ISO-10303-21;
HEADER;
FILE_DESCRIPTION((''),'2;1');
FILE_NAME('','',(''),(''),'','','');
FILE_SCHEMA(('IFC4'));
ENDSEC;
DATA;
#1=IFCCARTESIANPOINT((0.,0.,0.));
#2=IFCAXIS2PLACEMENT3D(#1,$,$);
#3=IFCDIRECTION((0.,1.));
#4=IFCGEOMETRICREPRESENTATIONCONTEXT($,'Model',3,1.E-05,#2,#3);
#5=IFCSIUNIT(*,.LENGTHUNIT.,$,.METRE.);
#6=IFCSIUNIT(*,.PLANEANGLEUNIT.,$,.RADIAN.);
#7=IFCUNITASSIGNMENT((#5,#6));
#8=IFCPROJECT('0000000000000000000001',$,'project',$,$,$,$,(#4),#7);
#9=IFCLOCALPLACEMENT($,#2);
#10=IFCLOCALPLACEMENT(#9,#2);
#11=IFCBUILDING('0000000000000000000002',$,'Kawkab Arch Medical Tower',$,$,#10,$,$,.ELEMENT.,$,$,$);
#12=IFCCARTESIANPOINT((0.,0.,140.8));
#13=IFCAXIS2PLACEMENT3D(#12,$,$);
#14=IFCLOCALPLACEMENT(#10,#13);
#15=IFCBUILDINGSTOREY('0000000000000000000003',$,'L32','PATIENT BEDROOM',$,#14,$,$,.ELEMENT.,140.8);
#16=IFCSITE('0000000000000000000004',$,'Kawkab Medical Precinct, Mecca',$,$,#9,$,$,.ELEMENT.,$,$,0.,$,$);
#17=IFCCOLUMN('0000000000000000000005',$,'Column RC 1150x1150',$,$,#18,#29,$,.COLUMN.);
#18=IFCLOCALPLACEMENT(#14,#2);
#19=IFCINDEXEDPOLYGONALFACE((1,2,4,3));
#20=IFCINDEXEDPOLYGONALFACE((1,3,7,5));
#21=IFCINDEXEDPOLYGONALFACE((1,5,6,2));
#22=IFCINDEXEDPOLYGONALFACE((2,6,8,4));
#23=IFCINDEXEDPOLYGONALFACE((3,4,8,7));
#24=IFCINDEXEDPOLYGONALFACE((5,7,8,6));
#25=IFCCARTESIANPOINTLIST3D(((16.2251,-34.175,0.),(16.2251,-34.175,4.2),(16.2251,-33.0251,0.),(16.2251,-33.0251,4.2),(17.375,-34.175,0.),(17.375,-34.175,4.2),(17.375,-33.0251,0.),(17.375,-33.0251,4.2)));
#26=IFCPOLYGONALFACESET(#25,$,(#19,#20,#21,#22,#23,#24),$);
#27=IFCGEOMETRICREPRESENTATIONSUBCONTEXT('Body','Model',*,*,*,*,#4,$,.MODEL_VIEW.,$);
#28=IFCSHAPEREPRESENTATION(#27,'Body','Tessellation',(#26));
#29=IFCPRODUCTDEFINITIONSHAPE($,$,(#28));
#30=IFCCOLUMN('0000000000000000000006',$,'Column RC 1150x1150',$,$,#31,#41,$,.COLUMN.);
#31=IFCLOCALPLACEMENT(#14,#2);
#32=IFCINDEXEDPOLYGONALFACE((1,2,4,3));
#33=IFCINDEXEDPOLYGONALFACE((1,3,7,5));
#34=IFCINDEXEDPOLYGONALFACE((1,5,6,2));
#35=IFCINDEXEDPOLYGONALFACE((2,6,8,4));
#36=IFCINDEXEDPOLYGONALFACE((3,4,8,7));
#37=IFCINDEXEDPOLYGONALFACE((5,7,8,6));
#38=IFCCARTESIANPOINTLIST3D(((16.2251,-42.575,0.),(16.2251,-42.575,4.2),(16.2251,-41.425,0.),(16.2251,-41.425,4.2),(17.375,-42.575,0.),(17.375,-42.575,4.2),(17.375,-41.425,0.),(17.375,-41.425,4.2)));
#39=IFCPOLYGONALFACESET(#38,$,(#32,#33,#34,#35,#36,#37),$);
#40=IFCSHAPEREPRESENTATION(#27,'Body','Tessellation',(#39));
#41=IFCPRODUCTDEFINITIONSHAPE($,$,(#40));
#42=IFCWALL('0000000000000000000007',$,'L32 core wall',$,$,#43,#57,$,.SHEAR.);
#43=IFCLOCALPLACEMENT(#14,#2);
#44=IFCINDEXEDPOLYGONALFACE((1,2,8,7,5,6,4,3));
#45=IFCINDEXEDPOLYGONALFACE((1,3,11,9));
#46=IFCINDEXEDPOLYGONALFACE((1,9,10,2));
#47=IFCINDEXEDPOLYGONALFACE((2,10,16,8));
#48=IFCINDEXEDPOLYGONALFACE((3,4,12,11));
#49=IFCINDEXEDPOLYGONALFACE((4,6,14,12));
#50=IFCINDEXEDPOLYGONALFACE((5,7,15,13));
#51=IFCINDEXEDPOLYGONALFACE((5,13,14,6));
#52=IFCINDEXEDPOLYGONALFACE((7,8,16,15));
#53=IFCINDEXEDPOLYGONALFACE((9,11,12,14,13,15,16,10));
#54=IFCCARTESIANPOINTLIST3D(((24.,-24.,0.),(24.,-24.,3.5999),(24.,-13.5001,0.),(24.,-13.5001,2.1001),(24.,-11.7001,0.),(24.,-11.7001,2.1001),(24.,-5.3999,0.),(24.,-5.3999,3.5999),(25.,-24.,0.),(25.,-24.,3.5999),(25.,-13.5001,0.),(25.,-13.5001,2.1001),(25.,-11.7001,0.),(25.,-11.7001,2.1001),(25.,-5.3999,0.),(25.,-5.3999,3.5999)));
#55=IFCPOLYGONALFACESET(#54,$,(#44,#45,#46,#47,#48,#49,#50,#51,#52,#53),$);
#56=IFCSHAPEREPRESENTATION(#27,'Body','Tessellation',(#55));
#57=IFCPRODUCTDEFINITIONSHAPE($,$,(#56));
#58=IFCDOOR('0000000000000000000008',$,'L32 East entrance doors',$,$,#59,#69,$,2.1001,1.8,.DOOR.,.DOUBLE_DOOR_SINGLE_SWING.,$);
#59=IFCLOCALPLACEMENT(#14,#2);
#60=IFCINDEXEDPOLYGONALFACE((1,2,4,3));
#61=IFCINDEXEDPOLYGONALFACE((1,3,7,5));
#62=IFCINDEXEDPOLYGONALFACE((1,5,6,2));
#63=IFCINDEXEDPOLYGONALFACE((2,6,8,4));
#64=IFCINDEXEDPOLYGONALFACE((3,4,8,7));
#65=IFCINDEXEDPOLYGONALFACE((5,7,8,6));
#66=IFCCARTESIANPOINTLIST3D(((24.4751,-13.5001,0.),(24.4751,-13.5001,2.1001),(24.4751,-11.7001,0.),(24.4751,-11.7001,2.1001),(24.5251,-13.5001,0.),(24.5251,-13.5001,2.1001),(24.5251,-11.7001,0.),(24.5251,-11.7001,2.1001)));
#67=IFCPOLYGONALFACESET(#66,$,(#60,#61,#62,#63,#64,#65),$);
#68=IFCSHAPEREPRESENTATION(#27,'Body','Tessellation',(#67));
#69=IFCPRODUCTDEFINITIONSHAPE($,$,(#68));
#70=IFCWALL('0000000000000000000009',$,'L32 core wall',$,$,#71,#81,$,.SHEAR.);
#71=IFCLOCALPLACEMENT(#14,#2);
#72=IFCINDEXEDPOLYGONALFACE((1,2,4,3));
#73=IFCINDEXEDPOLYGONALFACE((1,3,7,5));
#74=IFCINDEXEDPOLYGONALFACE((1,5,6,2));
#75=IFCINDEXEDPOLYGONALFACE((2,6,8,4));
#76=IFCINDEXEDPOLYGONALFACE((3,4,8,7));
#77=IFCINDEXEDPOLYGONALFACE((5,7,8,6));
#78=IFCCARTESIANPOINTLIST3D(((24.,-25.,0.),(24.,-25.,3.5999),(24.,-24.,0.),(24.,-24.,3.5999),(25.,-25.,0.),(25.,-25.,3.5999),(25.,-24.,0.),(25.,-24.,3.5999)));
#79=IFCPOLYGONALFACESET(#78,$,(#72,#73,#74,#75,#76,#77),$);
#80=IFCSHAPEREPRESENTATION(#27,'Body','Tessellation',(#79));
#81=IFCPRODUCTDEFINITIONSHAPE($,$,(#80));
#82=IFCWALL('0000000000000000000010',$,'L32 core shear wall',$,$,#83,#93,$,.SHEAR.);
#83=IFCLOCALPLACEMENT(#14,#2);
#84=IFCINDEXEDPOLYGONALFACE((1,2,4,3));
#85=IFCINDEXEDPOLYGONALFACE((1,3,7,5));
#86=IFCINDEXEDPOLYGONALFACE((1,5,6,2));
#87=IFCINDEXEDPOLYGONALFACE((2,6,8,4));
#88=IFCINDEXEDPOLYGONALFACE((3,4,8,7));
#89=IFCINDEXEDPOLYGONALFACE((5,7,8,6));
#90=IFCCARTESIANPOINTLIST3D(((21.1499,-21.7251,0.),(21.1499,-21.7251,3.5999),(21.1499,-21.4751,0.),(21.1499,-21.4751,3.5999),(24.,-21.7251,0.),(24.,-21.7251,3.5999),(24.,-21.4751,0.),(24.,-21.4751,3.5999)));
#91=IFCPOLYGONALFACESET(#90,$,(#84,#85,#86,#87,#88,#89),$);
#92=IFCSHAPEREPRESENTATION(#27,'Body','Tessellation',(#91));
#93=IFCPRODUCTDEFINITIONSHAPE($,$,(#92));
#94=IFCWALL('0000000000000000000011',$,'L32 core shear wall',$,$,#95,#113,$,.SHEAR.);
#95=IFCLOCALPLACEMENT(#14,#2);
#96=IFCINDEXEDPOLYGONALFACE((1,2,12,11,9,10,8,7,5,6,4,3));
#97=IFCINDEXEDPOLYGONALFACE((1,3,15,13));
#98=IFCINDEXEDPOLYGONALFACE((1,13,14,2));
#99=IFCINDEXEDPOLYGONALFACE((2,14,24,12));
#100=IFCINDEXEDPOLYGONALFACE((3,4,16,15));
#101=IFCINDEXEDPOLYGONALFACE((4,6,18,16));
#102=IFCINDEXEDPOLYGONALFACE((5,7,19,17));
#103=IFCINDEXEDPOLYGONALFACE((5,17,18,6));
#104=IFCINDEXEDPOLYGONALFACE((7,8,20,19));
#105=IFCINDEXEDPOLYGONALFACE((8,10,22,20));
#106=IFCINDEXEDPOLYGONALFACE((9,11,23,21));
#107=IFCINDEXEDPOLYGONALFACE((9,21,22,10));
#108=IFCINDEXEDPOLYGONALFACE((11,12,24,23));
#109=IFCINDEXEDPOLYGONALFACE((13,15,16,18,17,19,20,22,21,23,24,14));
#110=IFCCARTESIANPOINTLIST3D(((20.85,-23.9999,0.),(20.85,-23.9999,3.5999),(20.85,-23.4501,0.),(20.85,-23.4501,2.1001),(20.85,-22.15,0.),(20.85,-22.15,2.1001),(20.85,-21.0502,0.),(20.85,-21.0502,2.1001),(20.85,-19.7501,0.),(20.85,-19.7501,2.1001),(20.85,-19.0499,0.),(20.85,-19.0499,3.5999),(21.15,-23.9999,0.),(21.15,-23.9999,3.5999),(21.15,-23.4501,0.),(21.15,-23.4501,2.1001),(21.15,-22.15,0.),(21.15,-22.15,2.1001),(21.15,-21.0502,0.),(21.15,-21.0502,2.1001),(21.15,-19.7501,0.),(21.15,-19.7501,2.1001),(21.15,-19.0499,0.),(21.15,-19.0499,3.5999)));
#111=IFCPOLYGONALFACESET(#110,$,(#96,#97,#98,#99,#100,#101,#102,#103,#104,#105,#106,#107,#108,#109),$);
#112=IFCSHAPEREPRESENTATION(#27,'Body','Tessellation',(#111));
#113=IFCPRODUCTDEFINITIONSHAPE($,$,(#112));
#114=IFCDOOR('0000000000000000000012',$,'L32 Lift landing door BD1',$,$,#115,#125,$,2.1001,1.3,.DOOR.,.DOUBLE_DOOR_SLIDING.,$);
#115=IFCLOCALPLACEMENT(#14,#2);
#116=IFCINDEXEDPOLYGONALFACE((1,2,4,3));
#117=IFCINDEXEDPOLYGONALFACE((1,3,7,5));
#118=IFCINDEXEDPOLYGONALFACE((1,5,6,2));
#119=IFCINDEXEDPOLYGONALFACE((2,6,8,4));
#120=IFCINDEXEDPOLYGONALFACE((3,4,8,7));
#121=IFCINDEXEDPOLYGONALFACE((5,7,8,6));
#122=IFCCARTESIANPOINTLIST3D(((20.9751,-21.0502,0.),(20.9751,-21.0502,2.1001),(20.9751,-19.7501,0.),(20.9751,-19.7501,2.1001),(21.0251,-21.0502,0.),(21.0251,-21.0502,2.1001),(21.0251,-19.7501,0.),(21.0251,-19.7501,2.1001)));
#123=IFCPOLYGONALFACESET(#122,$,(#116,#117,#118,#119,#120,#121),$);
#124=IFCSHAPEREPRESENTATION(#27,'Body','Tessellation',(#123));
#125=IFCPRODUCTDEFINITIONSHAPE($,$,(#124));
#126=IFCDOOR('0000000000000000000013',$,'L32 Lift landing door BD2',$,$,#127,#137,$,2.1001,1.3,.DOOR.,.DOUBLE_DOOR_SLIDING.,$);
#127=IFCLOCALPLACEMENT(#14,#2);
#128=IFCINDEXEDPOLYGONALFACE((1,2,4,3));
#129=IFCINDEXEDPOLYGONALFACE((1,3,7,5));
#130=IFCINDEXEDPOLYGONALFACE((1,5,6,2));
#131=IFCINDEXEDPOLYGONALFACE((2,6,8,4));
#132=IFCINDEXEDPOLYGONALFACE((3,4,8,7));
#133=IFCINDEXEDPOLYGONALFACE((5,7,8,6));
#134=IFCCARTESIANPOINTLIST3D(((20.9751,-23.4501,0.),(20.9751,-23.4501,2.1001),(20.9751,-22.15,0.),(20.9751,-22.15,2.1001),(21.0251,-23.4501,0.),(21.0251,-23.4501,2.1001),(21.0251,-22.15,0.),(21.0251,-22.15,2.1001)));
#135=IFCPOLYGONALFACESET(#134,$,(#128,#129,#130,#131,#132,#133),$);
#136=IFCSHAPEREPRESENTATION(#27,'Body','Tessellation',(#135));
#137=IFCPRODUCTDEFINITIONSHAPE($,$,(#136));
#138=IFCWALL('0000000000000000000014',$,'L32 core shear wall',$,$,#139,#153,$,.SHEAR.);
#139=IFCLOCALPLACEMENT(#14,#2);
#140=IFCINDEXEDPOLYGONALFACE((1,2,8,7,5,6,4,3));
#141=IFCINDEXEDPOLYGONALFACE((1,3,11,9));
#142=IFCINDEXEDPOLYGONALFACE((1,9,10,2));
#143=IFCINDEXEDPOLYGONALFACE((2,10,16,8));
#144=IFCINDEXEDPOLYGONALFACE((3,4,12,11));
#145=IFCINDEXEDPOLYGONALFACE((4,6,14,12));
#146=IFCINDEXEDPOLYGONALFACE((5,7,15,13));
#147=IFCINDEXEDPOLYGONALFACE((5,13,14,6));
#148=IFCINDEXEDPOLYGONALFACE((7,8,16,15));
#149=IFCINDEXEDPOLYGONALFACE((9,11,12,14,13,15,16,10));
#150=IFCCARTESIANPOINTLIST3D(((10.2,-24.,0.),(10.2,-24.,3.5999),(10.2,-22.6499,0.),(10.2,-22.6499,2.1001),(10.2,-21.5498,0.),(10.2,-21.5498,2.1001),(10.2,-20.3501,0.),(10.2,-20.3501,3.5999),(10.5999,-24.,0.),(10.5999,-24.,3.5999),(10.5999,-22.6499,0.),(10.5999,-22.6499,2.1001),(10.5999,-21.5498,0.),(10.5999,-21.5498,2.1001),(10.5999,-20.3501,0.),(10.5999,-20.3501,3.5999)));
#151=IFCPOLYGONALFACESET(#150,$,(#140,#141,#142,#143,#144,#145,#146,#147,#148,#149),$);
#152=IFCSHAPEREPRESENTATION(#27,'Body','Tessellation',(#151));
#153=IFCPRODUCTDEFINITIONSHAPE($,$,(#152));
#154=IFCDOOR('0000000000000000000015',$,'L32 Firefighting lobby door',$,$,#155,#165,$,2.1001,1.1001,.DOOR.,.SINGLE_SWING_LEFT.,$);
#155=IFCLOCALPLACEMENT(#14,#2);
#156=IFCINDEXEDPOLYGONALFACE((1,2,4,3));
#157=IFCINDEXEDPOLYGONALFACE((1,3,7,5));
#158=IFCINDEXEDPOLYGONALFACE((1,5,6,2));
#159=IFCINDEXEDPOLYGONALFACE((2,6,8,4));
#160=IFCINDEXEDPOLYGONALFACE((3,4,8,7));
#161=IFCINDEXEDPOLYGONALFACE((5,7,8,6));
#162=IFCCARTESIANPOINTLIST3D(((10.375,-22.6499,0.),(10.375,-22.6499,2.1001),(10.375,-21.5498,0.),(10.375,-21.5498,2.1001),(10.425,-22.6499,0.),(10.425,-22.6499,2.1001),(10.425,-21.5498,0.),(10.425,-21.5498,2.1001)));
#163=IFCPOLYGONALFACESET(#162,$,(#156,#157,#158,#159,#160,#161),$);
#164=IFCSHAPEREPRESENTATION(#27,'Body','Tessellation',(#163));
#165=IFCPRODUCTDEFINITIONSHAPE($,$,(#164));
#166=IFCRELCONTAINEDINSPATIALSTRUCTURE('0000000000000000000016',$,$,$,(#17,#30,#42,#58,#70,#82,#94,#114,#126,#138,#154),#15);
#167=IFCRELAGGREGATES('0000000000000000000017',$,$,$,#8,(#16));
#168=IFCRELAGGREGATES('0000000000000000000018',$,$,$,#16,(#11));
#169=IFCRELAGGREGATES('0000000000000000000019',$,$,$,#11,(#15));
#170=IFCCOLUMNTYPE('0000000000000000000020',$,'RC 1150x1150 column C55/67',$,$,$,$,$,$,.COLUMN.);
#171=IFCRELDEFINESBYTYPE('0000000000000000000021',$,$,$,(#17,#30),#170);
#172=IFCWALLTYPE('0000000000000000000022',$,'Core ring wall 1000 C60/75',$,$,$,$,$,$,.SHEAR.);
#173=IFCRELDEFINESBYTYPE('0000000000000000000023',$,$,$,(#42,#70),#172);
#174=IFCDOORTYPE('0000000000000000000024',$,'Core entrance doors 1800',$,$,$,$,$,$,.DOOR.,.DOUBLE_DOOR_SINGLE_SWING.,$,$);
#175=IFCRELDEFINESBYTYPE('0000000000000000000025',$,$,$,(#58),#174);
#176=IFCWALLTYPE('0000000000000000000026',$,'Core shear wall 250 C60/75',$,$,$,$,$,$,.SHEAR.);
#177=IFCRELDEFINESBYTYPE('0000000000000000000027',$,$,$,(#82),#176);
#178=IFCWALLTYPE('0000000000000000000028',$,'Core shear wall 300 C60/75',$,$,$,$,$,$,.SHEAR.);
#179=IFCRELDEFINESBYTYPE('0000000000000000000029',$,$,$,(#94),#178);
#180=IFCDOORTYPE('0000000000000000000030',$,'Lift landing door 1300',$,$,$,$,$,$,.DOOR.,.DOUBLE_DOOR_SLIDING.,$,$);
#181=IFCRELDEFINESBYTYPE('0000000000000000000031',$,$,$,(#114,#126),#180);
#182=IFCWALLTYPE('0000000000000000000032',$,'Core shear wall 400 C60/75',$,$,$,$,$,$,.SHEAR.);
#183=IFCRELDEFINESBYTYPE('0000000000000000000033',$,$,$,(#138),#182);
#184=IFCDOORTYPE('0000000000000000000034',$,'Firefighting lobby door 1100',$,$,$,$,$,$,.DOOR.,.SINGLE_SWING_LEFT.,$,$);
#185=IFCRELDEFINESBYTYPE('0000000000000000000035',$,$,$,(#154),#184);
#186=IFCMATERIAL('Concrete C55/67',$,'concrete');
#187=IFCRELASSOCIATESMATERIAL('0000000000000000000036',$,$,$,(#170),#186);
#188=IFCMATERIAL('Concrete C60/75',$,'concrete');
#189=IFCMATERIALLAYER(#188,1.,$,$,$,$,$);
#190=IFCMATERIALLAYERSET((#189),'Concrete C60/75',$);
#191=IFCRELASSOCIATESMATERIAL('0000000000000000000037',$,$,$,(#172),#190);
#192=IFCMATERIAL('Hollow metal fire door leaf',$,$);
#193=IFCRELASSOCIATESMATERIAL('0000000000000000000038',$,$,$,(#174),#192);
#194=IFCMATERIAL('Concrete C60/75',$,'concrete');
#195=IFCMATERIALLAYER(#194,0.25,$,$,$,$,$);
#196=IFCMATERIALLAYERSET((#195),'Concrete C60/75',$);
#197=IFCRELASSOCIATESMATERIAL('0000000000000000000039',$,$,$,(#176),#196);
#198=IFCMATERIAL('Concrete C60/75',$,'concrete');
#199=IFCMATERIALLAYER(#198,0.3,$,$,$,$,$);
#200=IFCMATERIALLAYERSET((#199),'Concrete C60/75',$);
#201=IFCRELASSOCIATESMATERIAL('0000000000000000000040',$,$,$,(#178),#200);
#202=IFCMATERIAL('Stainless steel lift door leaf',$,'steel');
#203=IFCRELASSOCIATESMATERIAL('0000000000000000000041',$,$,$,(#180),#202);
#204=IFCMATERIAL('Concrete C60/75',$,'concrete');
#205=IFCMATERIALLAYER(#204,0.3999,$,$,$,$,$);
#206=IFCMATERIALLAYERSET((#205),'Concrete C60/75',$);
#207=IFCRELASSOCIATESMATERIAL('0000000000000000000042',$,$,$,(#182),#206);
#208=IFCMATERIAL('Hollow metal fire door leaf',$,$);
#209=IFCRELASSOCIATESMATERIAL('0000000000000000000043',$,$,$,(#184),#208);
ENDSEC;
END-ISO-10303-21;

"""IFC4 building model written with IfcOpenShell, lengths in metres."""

from ifc_helpers import new_model, si_unit, direction, frame, frame_2d, origin, origin_2d, place, context, subcontext, project, spatial, rectangle, extrude, material, layer, layer_set, material_profile, profile_set, type_object, element, fill, save


model = new_model("IFC4")

# Units and contexts
model_context = context("Model", 3, precision=1e-05, world=origin(), true_north=direction((0.0, 1.0)))
body_context = subcontext(model_context, "Body", "Model", "MODEL_VIEW")
ifc_project = project(units=[si_unit("LENGTHUNIT", "METRE"), si_unit("PLANEANGLEUNIT", "RADIAN")], contexts=[model_context])

# Site, building, storey
site_placement = place(None, origin())
site = spatial("IfcSite", under=ifc_project, at=site_placement, Name="Kawkab Medical Precinct, Mecca", CompositionType="ELEMENT", RefElevation=0.0)
building_placement = place(site_placement, origin())
building = spatial("IfcBuilding", under=site, at=building_placement, Name="Kawkab Arch Medical Tower", CompositionType="ELEMENT")
storey_placement = place(building_placement, frame((0.0, 0.0, 140.8)))
storey = spatial("IfcBuildingStorey", under=building, at=storey_placement, Name="L32", Description="PATIENT BEDROOM", CompositionType="ELEMENT", Elevation=140.8)

# Columns
ifc_material_1 = material(Name="Concrete C55/67", Category="concrete")
ifc_material_profile = material_profile(ifc_material_1, rectangle(XDim=1.1499, YDim=1.1499, at=origin_2d()), Name="RC 1150x1150")
ifc_profile_set = profile_set([ifc_material_profile], Name="Concrete C55/67")
column_type = type_object("IfcColumnType", Name="RC 1150x1150 column C55/67", PredefinedType="COLUMN", material=ifc_profile_set)
for number, where, z_axis, x_axis, name in (
    (1, (16.8, -33.6001, 0.0), (0.0, 0.0, 1.0), (1.0, 0.0, 0.0), "Column RC 1150x1150"),
    (2, (16.8, -42.0, 0.0), (0.0, 0.0, 1.0), (1.0, 0.0, 0.0), "Column RC 1150x1150"),
):
    element("IfcColumn", number, at=place(storey_placement, frame(where, z_axis=z_axis, x_axis=x_axis)), inside=storey, type_object=column_type, Name=name, PredefinedType="COLUMN", context=body_context, shape_type="SweptSolid", body=[
        extrude(rectangle(XDim=1.1499, YDim=1.1499, at=origin_2d()), origin(), (0.0, 0.0, 1.0), 4.2),
    ])

# Wall, opening, door
ifc_material_2 = material(Name="Concrete C60/75", Category="concrete")
ifc_layer_1 = layer(ifc_material_2, 1.0)
ifc_layer_set_1 = layer_set([ifc_layer_1], Name="Concrete C60/75")
wall_type_1 = type_object("IfcWallType", Name="Core ring wall 1000 C60/75", PredefinedType="SHEAR", material=ifc_layer_set_1)
wall_1_placement = place(storey_placement, frame((24.5, -24.0, 0.0), z_axis=(0.0, 0.0, 1.0), x_axis=(0.0, 1.0, 0.0)))
wall_1 = element("IfcWall", 3, at=wall_1_placement, inside=storey, type_object=wall_type_1, Name="L32 core wall", PredefinedType="SHEAR", context=body_context, shape_type="SweptSolid", body=[
    extrude(rectangle(XDim=18.6001, YDim=1.0, at=frame_2d((9.3, 0.0))), origin(), (0.0, 0.0, 1.0), 3.5999),
])
opening_1_placement = place(wall_1_placement, frame((10.5, 0.0, 0.0)))
opening_1 = element("IfcOpeningElement", 4, at=opening_1_placement, cuts=wall_1, PredefinedType="OPENING", context=body_context, shape_type="SweptSolid", body=[
    extrude(rectangle(XDim=1.8, YDim=2.1001, at=frame_2d((0.8999, 1.05))), frame((0.0, 0.51, 0.0), z_axis=(0.0, -1.0, 0.0), x_axis=(1.0, 0.0, 0.0)), (0.0, 0.0, 1.0), 1.02),
])
ifc_material_3 = material(Name="Hollow metal fire door leaf")
door_type_1 = type_object("IfcDoorType", Name="Core entrance doors 1800", OperationType="DOUBLE_DOOR_SINGLE_SWING", PredefinedType="DOOR", material=ifc_material_3)
door_1_placement = place(opening_1_placement, origin())
door_1 = element("IfcDoor", 5, at=door_1_placement, inside=storey, type_object=door_type_1, Name="L32 East entrance doors", OperationType="DOUBLE_DOOR_SINGLE_SWING", OverallHeight=2.1001, OverallWidth=1.8, PredefinedType="DOOR", context=body_context, shape_type="SweptSolid", body=[
    extrude(rectangle(XDim=1.8, YDim=2.1001, at=frame_2d((0.8999, 1.05))), frame((0.0, 0.0249, 0.0), z_axis=(0.0, -1.0, 0.0), x_axis=(1.0, 0.0, 0.0)), (0.0, 0.0, 1.0), 0.05),
])
fill(opening_1, door_1)

# Walls
wall_2_placement = place(storey_placement, frame((24.5, -25.0, 0.0), z_axis=(0.0, 0.0, 1.0), x_axis=(0.0, 1.0, 0.0)))
element("IfcWall", 6, at=wall_2_placement, inside=storey, type_object=wall_type_1, Name="L32 core wall", PredefinedType="SHEAR", context=body_context, shape_type="SweptSolid", body=[
    extrude(rectangle(XDim=1.0, YDim=1.0, at=frame_2d((0.5, 0.0))), origin(), (0.0, 0.0, 1.0), 3.5999),
])
ifc_material_4 = material(Name="Concrete C60/75", Category="concrete")
ifc_layer_2 = layer(ifc_material_4, 0.25)
ifc_layer_set_2 = layer_set([ifc_layer_2], Name="Concrete C60/75")
wall_type_2 = type_object("IfcWallType", Name="Core shear wall 250 C60/75", PredefinedType="SHEAR", material=ifc_layer_set_2)
wall_3_placement = place(storey_placement, frame((21.1499, -21.6001, 0.0), z_axis=(0.0, 0.0, 1.0), x_axis=(1.0, 0.0, 0.0)))
element("IfcWall", 7, at=wall_3_placement, inside=storey, type_object=wall_type_2, Name="L32 core shear wall", PredefinedType="SHEAR", context=body_context, shape_type="SweptSolid", body=[
    extrude(rectangle(XDim=2.8501, YDim=0.25, at=frame_2d((1.425, 0.0))), origin(), (0.0, 0.0, 1.0), 3.5999),
])

# Wall, openings, doors
ifc_material_5 = material(Name="Concrete C60/75", Category="concrete")
ifc_layer_3 = layer(ifc_material_5, 0.3)
ifc_layer_set_3 = layer_set([ifc_layer_3], Name="Concrete C60/75")
wall_type_3 = type_object("IfcWallType", Name="Core shear wall 300 C60/75", PredefinedType="SHEAR", material=ifc_layer_set_3)
wall_4_placement = place(storey_placement, frame((21.0, -24.0, 0.0), z_axis=(0.0, 0.0, 1.0), x_axis=(0.0, 1.0, 0.0)))
wall_4 = element("IfcWall", 8, at=wall_4_placement, inside=storey, type_object=wall_type_3, Name="L32 core shear wall", PredefinedType="SHEAR", context=body_context, shape_type="SweptSolid", body=[
    extrude(rectangle(XDim=4.95, YDim=0.3, at=frame_2d((2.4751, 0.0))), origin(), (0.0, 0.0, 1.0), 3.5999),
])
opening_2_placement = place(wall_4_placement, frame((2.95, 0.0, 0.0)))
opening_2 = element("IfcOpeningElement", 9, at=opening_2_placement, cuts=wall_4, PredefinedType="OPENING", context=body_context, shape_type="SweptSolid", body=[
    extrude(rectangle(XDim=1.3, YDim=2.1001, at=frame_2d((0.6499, 1.05))), frame((0.0, 0.1599, 0.0), z_axis=(0.0, -1.0, 0.0), x_axis=(1.0, 0.0, 0.0)), (0.0, 0.0, 1.0), 0.3201),
])
opening_3_placement = place(wall_4_placement, frame((0.55, 0.0, 0.0)))
opening_3 = element("IfcOpeningElement", 10, at=opening_3_placement, cuts=wall_4, PredefinedType="OPENING", context=body_context, shape_type="SweptSolid", body=[
    extrude(rectangle(XDim=1.3, YDim=2.1001, at=frame_2d((0.6499, 1.05))), frame((0.0, 0.1599, 0.0), z_axis=(0.0, -1.0, 0.0), x_axis=(1.0, 0.0, 0.0)), (0.0, 0.0, 1.0), 0.3201),
])
ifc_material_6 = material(Name="Stainless steel lift door leaf", Category="steel")
door_type_2 = type_object("IfcDoorType", Name="Lift landing door 1300", OperationType="DOUBLE_DOOR_SLIDING", PredefinedType="DOOR", material=ifc_material_6)
door_2_placement = place(opening_2_placement, origin())
door_2 = element("IfcDoor", 11, at=door_2_placement, inside=storey, type_object=door_type_2, Name="L32 Lift landing door BD1", OperationType="DOUBLE_DOOR_SLIDING", OverallHeight=2.1001, OverallWidth=1.3, PredefinedType="DOOR", context=body_context, shape_type="SweptSolid", body=[
    extrude(rectangle(XDim=1.3, YDim=2.1001, at=frame_2d((0.6499, 1.05))), frame((0.0, 0.0249, 0.0), z_axis=(0.0, -1.0, 0.0), x_axis=(1.0, 0.0, 0.0)), (0.0, 0.0, 1.0), 0.05),
])
fill(opening_2, door_2)
door_3_placement = place(opening_3_placement, origin())
door_3 = element("IfcDoor", 12, at=door_3_placement, inside=storey, type_object=door_type_2, Name="L32 Lift landing door BD2", OperationType="DOUBLE_DOOR_SLIDING", OverallHeight=2.1001, OverallWidth=1.3, PredefinedType="DOOR", context=body_context, shape_type="SweptSolid", body=[
    extrude(rectangle(XDim=1.3, YDim=2.1001, at=frame_2d((0.6499, 1.05))), frame((0.0, 0.0249, 0.0), z_axis=(0.0, -1.0, 0.0), x_axis=(1.0, 0.0, 0.0)), (0.0, 0.0, 1.0), 0.05),
])
fill(opening_3, door_3)

# Wall, opening, door
ifc_material_7 = material(Name="Concrete C60/75", Category="concrete")
ifc_layer_4 = layer(ifc_material_7, 0.3999)
ifc_layer_set_4 = layer_set([ifc_layer_4], Name="Concrete C60/75")
wall_type_4 = type_object("IfcWallType", Name="Core shear wall 400 C60/75", PredefinedType="SHEAR", material=ifc_layer_set_4)
wall_5_placement = place(storey_placement, frame((10.3999, -24.0, 0.0), z_axis=(0.0, 0.0, 1.0), x_axis=(0.0, 1.0, 0.0)))
wall_5 = element("IfcWall", 13, at=wall_5_placement, inside=storey, type_object=wall_type_4, Name="L32 core shear wall", PredefinedType="SHEAR", context=body_context, shape_type="SweptSolid", body=[
    extrude(rectangle(XDim=3.6499, YDim=0.3999, at=frame_2d((1.825, 0.0))), origin(), (0.0, 0.0, 1.0), 3.5999),
])
opening_4_placement = place(wall_5_placement, frame((1.3501, 0.0, 0.0)))
opening_4 = element("IfcOpeningElement", 14, at=opening_4_placement, cuts=wall_5, PredefinedType="OPENING", context=body_context, shape_type="SweptSolid", body=[
    extrude(rectangle(XDim=1.1001, YDim=2.1001, at=frame_2d((0.55, 1.05))), frame((0.0, 0.21, 0.0), z_axis=(0.0, -1.0, 0.0), x_axis=(1.0, 0.0, 0.0)), (0.0, 0.0, 1.0), 0.4199),
])
ifc_material_8 = material(Name="Hollow metal fire door leaf")
door_type_3 = type_object("IfcDoorType", Name="Firefighting lobby door 1100", OperationType="SINGLE_SWING_LEFT", PredefinedType="DOOR", material=ifc_material_8)
door_4_placement = place(opening_4_placement, origin())
door_4 = element("IfcDoor", 15, at=door_4_placement, inside=storey, type_object=door_type_3, Name="L32 Firefighting lobby door", OperationType="SINGLE_SWING_LEFT", OverallHeight=2.1001, OverallWidth=1.1001, PredefinedType="DOOR", context=body_context, shape_type="SweptSolid", body=[
    extrude(rectangle(XDim=1.1001, YDim=2.1001, at=frame_2d((0.55, 1.05))), frame((0.0, 0.0249, 0.0), z_axis=(0.0, -1.0, 0.0), x_axis=(1.0, 0.0, 0.0)), (0.0, 0.0, 1.0), 0.05),
])
fill(opening_4, door_4)

save(model, "model.ifc")
